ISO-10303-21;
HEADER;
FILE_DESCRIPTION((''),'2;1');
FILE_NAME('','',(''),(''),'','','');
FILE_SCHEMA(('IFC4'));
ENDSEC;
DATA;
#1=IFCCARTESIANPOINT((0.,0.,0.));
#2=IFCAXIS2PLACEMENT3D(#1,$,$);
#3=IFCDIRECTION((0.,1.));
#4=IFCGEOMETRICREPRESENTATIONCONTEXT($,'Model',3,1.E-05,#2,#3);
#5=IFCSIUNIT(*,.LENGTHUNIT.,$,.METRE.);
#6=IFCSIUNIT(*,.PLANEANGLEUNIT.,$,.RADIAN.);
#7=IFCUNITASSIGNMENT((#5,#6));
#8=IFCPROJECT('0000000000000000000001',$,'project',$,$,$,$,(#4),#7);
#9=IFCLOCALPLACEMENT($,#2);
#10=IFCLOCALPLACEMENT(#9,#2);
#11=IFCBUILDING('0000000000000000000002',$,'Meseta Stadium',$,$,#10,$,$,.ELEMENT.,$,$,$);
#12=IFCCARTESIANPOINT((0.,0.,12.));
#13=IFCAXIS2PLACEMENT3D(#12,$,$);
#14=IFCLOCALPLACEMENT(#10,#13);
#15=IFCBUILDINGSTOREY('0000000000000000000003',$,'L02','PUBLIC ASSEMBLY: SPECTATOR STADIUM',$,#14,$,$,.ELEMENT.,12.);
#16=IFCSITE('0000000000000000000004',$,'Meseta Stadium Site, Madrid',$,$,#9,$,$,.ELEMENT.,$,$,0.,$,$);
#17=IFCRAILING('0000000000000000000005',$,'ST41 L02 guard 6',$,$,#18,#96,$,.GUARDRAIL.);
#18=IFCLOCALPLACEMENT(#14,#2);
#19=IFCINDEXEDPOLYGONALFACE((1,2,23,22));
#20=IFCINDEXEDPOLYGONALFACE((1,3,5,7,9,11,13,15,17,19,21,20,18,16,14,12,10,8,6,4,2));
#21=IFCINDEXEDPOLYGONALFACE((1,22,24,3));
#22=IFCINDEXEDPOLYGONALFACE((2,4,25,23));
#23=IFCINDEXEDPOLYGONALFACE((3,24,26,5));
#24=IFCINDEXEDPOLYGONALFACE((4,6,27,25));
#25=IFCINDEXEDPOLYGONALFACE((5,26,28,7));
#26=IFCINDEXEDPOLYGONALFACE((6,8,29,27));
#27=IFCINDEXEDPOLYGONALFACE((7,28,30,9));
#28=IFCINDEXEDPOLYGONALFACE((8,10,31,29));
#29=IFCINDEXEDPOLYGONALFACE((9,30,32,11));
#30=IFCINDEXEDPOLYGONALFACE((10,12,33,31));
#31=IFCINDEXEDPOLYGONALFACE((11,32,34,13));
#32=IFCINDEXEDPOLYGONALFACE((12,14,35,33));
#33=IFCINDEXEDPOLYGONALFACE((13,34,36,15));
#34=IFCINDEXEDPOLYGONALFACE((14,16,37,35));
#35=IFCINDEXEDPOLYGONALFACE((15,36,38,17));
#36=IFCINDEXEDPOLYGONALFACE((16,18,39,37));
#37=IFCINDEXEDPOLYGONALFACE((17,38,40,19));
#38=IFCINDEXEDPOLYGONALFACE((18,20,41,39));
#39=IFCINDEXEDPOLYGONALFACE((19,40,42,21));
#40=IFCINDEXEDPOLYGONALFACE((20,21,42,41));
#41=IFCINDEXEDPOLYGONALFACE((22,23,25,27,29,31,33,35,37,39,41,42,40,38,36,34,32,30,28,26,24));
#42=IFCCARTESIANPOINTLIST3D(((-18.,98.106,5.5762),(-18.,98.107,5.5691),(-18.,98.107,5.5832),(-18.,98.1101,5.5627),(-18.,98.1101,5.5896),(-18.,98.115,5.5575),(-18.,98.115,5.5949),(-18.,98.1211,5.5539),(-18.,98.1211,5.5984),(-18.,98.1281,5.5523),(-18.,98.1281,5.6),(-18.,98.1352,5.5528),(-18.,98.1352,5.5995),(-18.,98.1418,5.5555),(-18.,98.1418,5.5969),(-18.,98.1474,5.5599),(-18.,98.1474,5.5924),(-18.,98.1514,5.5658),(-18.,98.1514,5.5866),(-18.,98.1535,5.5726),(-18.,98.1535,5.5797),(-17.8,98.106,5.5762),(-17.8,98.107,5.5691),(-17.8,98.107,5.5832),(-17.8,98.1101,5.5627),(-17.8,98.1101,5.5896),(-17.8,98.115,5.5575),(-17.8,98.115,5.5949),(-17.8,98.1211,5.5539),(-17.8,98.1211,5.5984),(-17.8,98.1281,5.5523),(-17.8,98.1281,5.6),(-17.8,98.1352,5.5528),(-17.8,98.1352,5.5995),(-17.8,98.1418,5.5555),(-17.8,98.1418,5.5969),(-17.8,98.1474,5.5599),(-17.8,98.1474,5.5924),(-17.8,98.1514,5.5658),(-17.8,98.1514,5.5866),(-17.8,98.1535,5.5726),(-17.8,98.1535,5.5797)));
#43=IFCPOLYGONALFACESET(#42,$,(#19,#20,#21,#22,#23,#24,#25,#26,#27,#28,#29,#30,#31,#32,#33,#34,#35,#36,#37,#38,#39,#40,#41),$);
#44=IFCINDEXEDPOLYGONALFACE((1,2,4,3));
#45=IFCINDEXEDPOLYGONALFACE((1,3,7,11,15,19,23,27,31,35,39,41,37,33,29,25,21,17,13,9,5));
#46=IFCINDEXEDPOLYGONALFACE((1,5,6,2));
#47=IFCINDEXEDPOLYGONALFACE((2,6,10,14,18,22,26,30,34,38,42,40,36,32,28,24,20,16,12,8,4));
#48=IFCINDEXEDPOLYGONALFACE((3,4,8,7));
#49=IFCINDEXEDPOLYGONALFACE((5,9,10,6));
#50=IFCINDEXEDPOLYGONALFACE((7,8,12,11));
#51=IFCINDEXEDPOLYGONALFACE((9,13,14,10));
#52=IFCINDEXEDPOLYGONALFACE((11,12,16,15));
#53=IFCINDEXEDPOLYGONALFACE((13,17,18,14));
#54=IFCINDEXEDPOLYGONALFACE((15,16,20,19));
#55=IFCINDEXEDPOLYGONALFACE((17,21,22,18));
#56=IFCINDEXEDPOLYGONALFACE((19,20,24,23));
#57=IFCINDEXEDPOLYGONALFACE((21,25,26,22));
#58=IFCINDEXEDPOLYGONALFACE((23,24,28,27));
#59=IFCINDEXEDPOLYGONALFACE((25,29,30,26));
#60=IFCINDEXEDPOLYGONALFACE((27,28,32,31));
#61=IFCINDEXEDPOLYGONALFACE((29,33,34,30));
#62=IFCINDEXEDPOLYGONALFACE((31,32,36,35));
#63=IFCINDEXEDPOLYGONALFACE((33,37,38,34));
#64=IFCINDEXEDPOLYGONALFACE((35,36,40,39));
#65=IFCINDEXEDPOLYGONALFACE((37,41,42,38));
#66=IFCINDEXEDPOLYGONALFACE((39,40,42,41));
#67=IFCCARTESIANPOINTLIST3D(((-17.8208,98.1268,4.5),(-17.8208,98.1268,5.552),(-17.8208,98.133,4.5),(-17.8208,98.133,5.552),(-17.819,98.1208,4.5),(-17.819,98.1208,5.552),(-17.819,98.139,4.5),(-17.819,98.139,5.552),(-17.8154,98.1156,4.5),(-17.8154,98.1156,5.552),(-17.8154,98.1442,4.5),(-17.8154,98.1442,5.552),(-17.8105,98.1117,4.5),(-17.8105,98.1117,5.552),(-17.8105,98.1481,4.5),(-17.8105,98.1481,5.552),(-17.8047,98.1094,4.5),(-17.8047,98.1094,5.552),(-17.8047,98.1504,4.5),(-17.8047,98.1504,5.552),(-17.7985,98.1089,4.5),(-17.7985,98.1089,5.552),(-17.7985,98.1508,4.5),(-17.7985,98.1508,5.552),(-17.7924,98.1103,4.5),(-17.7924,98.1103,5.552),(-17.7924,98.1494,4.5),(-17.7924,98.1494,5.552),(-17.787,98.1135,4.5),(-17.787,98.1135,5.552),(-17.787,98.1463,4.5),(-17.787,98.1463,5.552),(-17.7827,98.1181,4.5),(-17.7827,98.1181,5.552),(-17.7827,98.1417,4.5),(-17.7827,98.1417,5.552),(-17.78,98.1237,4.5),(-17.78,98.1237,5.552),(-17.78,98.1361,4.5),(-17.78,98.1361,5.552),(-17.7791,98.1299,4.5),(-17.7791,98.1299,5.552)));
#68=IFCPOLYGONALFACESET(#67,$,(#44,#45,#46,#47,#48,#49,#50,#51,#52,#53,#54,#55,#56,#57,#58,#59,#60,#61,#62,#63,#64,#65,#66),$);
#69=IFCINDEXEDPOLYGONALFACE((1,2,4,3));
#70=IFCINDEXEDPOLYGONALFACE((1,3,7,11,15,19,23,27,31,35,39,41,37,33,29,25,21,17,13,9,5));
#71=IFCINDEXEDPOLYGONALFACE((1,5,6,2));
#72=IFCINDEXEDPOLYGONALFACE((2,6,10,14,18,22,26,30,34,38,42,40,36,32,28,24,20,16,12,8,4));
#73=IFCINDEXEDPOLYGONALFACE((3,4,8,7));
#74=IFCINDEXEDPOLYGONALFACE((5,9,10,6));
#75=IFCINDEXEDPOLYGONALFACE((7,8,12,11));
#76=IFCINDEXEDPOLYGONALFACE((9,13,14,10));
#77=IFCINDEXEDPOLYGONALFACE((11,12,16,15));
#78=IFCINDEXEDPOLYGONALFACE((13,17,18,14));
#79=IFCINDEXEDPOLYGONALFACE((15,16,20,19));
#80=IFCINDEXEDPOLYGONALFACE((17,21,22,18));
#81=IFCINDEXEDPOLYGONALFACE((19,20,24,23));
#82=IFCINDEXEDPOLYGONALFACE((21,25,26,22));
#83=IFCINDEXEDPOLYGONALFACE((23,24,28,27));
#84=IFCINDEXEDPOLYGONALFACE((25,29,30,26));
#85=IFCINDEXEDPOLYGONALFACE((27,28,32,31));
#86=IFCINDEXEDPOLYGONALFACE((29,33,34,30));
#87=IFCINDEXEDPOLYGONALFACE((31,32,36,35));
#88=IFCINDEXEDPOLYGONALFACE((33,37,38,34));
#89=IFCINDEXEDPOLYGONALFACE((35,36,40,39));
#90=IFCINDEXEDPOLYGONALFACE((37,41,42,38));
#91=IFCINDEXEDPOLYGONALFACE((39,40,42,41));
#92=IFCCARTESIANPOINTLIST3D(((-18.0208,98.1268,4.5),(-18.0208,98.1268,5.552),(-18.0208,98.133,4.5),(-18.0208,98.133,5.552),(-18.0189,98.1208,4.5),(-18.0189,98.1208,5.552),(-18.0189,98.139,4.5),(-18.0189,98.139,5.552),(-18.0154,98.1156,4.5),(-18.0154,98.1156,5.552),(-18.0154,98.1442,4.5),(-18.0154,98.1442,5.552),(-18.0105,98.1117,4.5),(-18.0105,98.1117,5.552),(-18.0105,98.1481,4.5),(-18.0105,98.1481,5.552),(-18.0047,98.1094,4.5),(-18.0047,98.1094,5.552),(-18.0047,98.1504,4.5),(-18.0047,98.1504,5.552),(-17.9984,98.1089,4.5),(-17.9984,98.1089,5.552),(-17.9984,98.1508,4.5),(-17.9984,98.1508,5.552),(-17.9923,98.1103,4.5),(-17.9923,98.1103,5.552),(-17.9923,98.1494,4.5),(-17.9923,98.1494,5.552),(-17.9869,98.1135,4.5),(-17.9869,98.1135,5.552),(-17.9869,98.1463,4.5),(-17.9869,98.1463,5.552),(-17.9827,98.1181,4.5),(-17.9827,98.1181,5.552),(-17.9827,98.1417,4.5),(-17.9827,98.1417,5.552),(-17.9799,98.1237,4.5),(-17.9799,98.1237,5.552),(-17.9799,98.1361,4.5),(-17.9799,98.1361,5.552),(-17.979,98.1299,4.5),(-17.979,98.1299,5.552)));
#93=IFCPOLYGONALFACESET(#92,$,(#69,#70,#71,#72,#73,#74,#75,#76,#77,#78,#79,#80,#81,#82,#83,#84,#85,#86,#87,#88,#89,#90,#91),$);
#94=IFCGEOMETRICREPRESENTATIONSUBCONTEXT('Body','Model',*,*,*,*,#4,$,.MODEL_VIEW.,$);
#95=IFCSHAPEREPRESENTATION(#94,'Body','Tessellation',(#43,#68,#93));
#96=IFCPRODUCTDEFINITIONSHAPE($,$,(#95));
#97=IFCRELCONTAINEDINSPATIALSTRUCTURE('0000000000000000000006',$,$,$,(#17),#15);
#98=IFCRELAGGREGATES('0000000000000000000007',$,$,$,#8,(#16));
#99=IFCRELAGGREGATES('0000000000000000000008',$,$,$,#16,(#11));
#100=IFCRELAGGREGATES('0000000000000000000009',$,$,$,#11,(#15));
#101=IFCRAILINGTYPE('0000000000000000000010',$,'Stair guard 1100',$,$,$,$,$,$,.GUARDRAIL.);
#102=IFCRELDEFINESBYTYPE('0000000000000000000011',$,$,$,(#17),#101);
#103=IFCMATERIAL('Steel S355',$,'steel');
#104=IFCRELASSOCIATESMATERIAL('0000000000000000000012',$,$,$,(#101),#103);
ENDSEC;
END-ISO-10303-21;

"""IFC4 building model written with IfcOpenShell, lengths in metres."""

from ifc_helpers import new_model, si_unit, direction, frame, origin, origin_2d, place, context, subcontext, project, spatial, circle, extrude, material, type_object, element, save


model = new_model("IFC4")

# Units and contexts
model_context = context("Model", 3, precision=1e-05, world=origin(), true_north=direction((0.0, 1.0)))
body_context = subcontext(model_context, "Body", "Model", "MODEL_VIEW")
ifc_project = project(units=[si_unit("LENGTHUNIT", "METRE"), si_unit("PLANEANGLEUNIT", "RADIAN")], contexts=[model_context])

# Site, building, storey
site_placement = place(None, origin())
site = spatial("IfcSite", under=ifc_project, at=site_placement, Name="Meseta Stadium Site, Madrid", CompositionType="ELEMENT", RefElevation=0.0)
building_placement = place(site_placement, origin())
building = spatial("IfcBuilding", under=site, at=building_placement, Name="Meseta Stadium", CompositionType="ELEMENT")
storey_placement = place(building_placement, frame((0.0, 0.0, 12.0)))
storey = spatial("IfcBuildingStorey", under=building, at=storey_placement, Name="L02", Description="PUBLIC ASSEMBLY: SPECTATOR STADIUM", CompositionType="ELEMENT", Elevation=12.0)

# Railing
ifc_material_1 = material(Name="Steel S355", Category="steel")
railing_type_1 = type_object("IfcRailingType", Name="Stair guard 1100", PredefinedType="GUARDRAIL", material=ifc_material_1)
railing_1_placement = place(storey_placement, frame((-17.8, 98.1299, 4.5)))
element("IfcRailing", 1, at=railing_1_placement, inside=storey, type_object=railing_type_1, Name="ST41 L02 guard 6", PredefinedType="GUARDRAIL", context=body_context, shape_type="SweptSolid", body=[
    extrude(circle(Radius=0.0239, at=origin_2d()), frame((0.0, 0.0, 1.0762), z_axis=(-1.0, 0.0, 0.0), x_axis=(0.0, -1.0, 0.0)), (0.0, 0.0, 1.0), 0.2),
    extrude(circle(Radius=0.021, at=origin_2d()), origin(), (0.0, 0.0, 1.0), 1.052),
    extrude(circle(Radius=0.021, at=origin_2d()), frame((-0.2, 0.0, 0.0)), (0.0, 0.0, 1.0), 1.052),
])

save(model, "model.ifc")
